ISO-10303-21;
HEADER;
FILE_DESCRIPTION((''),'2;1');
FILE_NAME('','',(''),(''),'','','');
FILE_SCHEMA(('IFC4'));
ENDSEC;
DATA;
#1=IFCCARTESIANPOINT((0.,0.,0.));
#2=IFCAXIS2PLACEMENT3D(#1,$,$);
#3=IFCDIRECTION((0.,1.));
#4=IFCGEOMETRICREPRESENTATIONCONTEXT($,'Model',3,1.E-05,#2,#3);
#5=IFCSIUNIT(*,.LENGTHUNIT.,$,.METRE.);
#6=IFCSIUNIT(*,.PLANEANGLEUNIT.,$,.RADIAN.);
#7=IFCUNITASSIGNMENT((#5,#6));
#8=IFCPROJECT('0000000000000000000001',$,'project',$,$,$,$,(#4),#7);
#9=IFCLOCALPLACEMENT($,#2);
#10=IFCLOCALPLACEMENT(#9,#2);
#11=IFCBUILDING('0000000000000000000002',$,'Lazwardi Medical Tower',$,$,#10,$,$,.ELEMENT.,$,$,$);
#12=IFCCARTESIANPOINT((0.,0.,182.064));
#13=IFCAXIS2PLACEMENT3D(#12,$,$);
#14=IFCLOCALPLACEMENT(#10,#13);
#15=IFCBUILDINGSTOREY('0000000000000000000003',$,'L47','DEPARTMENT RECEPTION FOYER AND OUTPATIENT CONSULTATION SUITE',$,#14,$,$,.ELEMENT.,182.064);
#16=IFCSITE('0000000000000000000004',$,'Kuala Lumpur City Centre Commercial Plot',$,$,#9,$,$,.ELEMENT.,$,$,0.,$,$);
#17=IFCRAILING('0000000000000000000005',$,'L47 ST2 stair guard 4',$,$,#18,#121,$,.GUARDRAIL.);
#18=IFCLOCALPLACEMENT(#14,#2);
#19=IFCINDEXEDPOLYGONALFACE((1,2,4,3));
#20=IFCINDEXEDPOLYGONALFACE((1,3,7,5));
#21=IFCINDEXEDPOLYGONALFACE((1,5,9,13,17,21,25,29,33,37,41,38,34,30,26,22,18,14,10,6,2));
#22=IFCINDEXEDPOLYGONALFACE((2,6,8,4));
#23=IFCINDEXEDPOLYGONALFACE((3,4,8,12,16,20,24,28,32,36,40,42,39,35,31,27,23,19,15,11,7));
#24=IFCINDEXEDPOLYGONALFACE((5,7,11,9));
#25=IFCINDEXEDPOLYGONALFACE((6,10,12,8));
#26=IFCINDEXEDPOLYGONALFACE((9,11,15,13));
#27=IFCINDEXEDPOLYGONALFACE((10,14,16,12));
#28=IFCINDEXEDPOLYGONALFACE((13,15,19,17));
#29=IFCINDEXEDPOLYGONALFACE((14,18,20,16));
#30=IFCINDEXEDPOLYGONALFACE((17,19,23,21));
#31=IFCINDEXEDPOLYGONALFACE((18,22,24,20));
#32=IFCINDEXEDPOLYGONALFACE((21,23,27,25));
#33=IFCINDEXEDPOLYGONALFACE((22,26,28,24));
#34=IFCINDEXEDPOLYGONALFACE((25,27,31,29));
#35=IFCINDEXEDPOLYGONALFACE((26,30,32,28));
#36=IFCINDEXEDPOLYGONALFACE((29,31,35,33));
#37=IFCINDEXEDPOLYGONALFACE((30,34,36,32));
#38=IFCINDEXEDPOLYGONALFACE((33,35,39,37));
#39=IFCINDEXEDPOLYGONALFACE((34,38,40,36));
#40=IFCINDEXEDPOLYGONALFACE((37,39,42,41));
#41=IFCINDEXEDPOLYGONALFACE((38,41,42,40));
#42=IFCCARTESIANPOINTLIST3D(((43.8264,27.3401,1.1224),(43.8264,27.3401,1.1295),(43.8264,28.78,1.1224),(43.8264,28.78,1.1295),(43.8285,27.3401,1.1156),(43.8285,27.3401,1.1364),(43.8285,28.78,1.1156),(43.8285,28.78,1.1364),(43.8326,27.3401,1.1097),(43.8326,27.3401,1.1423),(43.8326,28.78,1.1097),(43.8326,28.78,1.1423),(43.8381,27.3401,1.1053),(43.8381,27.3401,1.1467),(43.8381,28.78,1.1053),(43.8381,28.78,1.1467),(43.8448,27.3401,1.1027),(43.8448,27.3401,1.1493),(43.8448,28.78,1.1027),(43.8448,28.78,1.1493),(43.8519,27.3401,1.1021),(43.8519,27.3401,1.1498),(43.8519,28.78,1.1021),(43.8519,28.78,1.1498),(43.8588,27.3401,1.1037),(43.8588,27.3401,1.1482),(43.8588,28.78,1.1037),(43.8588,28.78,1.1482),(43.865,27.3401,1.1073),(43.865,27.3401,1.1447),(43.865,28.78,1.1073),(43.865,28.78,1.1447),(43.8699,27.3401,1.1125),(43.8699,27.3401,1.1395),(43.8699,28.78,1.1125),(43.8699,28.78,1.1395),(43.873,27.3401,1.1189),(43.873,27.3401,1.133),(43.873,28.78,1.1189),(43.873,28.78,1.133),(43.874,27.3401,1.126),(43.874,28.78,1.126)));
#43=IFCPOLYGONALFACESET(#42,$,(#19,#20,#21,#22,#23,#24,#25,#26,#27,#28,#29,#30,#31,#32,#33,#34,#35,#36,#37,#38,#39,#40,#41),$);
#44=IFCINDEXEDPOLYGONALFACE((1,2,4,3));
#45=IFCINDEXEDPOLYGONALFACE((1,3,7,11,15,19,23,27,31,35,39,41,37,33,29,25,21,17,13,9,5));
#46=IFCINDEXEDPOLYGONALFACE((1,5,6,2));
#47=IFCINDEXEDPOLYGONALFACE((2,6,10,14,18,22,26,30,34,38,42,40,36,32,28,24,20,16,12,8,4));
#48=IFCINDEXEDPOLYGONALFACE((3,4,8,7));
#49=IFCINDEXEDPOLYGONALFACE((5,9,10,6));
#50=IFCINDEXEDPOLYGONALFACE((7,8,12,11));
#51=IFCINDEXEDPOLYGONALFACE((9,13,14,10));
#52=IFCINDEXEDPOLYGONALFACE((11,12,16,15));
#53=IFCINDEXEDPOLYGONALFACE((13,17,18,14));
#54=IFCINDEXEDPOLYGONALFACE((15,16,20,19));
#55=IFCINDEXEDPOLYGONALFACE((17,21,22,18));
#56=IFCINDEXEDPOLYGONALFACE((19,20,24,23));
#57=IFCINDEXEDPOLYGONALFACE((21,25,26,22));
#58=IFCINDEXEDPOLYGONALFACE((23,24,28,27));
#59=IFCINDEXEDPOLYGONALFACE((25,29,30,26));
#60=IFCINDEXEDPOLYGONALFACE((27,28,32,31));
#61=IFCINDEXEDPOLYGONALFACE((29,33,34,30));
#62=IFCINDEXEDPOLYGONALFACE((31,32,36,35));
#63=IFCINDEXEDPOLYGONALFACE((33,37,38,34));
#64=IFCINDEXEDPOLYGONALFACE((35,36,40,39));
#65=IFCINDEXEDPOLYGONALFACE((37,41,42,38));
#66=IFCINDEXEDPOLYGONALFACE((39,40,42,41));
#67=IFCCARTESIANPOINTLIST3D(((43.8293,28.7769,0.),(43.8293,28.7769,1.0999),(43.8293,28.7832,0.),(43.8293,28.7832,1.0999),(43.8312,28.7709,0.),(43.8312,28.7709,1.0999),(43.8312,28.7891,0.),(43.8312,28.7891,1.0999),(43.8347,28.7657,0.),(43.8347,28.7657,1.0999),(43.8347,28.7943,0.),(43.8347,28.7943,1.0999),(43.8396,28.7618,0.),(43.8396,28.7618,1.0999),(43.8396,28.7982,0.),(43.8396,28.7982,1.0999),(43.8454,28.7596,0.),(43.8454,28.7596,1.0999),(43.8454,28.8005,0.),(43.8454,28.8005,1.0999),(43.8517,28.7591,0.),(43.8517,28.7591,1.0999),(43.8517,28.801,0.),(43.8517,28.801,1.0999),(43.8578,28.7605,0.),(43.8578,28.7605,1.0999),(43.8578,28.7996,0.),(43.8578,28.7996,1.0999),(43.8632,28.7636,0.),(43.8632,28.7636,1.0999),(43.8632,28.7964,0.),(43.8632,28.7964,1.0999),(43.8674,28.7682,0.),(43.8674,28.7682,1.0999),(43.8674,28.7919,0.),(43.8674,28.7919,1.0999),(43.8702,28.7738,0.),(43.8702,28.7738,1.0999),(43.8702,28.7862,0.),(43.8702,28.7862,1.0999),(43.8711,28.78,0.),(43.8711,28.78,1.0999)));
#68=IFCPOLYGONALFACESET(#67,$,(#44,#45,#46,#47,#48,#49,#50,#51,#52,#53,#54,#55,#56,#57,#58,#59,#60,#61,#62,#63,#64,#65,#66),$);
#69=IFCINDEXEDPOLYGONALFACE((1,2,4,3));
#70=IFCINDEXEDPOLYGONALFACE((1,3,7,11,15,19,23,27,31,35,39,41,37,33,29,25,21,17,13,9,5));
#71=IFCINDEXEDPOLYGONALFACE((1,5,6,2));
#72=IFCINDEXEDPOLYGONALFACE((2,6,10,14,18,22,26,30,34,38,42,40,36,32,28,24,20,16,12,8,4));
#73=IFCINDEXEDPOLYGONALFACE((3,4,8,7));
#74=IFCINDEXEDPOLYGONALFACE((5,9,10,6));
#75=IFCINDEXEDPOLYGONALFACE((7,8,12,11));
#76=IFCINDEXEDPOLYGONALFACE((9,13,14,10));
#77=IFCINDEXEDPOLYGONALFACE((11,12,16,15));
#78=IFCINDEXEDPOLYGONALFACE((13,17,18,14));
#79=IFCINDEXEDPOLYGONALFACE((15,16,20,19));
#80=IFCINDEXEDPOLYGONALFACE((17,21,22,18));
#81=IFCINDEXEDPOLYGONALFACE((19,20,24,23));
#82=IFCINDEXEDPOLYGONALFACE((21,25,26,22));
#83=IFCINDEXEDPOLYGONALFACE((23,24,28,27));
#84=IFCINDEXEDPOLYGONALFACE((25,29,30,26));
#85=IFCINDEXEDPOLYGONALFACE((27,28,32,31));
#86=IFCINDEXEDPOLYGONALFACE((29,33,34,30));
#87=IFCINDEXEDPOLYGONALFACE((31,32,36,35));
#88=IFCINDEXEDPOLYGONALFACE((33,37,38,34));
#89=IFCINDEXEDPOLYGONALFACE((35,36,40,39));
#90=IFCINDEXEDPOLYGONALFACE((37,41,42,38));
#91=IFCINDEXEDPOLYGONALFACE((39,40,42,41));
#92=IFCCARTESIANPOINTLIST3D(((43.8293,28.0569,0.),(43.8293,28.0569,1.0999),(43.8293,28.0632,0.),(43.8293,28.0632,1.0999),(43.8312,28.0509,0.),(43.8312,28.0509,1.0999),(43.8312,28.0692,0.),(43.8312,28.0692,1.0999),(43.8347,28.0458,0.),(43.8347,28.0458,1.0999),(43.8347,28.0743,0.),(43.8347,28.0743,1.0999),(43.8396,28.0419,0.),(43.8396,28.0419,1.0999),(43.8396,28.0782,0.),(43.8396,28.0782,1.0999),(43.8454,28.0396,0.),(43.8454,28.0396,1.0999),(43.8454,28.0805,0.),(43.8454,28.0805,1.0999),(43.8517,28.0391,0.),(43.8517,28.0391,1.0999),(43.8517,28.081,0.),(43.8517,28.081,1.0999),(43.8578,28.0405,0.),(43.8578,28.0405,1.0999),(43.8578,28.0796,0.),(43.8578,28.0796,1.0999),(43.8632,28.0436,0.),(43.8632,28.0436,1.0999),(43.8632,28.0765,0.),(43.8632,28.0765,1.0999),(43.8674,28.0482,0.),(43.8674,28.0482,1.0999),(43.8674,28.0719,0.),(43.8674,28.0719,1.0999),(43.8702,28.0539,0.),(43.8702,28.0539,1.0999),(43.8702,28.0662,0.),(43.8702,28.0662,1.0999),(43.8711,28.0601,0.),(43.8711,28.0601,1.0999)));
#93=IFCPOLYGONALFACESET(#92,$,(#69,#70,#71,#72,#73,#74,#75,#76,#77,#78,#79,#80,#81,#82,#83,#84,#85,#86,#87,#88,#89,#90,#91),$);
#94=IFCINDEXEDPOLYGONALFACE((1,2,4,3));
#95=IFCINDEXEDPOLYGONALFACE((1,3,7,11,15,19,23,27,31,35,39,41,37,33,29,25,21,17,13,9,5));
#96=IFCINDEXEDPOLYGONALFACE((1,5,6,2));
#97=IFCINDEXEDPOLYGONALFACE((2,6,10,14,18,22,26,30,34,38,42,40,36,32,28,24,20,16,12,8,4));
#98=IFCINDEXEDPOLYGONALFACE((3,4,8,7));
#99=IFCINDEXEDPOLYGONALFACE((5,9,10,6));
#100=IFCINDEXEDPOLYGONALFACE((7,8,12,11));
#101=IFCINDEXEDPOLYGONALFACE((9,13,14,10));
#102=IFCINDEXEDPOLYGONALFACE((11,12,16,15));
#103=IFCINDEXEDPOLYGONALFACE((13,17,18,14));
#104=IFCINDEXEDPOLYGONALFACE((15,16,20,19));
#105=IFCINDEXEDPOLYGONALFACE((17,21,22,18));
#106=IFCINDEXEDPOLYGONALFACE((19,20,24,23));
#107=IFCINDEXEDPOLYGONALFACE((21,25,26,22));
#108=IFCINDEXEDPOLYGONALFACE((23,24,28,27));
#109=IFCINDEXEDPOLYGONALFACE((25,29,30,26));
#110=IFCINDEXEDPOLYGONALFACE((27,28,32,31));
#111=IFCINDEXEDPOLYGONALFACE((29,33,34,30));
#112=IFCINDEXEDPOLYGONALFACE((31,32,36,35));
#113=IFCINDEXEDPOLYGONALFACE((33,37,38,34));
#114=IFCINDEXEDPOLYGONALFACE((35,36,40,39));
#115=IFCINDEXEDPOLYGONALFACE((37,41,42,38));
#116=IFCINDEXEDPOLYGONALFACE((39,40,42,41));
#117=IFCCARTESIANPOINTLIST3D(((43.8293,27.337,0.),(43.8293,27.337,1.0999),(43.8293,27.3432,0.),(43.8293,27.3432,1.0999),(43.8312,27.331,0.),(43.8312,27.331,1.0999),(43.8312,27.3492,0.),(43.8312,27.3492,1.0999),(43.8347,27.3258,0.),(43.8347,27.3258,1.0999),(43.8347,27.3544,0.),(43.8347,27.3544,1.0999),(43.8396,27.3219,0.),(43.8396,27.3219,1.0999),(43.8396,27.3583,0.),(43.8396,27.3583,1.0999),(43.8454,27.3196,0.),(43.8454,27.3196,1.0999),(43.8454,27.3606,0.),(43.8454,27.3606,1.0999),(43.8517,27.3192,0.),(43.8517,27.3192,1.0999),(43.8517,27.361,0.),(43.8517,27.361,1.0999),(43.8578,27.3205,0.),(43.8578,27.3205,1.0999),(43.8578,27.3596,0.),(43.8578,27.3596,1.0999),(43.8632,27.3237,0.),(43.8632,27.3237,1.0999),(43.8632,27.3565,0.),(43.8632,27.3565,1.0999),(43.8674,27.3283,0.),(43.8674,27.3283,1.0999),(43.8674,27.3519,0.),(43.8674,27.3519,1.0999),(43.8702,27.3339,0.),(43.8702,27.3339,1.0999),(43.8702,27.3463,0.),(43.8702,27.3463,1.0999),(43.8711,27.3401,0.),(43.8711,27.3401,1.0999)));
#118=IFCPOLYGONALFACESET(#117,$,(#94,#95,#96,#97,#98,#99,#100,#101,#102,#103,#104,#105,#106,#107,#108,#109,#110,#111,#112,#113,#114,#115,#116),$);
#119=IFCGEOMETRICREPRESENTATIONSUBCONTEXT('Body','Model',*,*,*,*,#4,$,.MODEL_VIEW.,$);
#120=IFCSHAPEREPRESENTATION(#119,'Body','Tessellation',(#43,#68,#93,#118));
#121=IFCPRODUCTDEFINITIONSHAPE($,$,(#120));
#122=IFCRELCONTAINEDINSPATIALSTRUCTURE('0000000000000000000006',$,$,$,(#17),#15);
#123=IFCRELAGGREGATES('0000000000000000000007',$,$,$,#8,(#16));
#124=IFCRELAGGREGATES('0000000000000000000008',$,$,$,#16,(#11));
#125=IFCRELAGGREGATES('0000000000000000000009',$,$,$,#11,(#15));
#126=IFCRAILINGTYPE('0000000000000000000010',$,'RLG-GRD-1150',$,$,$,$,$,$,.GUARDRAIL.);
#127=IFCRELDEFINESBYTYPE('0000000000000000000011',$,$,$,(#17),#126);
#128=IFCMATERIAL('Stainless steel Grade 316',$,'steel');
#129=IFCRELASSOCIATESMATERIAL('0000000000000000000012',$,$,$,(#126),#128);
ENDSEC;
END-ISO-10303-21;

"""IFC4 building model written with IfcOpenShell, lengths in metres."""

from ifc_helpers import new_model, si_unit, direction, frame, origin, origin_2d, place, context, subcontext, project, spatial, circle, extrude, material, type_object, element, save


model = new_model("IFC4")

# Units and contexts
model_context = context("Model", 3, precision=1e-05, world=origin(), true_north=direction((0.0, 1.0)))
body_context = subcontext(model_context, "Body", "Model", "MODEL_VIEW")
ifc_project = project(units=[si_unit("LENGTHUNIT", "METRE"), si_unit("PLANEANGLEUNIT", "RADIAN")], contexts=[model_context])

# Site, building, storey
site_placement = place(None, origin())
site = spatial("IfcSite", under=ifc_project, at=site_placement, Name="Kuala Lumpur City Centre Commercial Plot", CompositionType="ELEMENT", RefElevation=0.0)
building_placement = place(site_placement, origin())
building = spatial("IfcBuilding", under=site, at=building_placement, Name="Lazwardi Medical Tower", CompositionType="ELEMENT")
storey_placement = place(building_placement, frame((0.0, 0.0, 182.064)))
storey = spatial("IfcBuildingStorey", under=building, at=storey_placement, Name="L47", Description="DEPARTMENT RECEPTION FOYER AND OUTPATIENT CONSULTATION SUITE", CompositionType="ELEMENT", Elevation=182.064)

# Railing
ifc_material_1 = material(Name="Stainless steel Grade 316", Category="steel")
railing_type_1 = type_object("IfcRailingType", Name="RLG-GRD-1150", PredefinedType="GUARDRAIL", material=ifc_material_1)
railing_1_placement = place(storey_placement, frame((43.8501, 28.78, 0.0)))
element("IfcRailing", 1, at=railing_1_placement, inside=storey, type_object=railing_type_1, Name="L47 ST2 stair guard 4", PredefinedType="GUARDRAIL", context=body_context, shape_type="SweptSolid", body=[
    extrude(circle(Radius=0.0239, at=origin_2d()), frame((0.0, 0.0, 1.126), z_axis=(0.0, -1.0, 0.0), x_axis=(1.0, 0.0, 0.0)), (0.0, 0.0, 1.0), 1.4399),
    extrude(circle(Radius=0.021, at=origin_2d()), origin(), (0.0, 0.0, 1.0), 1.0999),
    extrude(circle(Radius=0.021, at=origin_2d()), frame((0.0, -0.72, 0.0)), (0.0, 0.0, 1.0), 1.0999),
    extrude(circle(Radius=0.021, at=origin_2d()), frame((0.0, -1.4399, 0.0)), (0.0, 0.0, 1.0), 1.0999),
])

save(model, "model.ifc")
